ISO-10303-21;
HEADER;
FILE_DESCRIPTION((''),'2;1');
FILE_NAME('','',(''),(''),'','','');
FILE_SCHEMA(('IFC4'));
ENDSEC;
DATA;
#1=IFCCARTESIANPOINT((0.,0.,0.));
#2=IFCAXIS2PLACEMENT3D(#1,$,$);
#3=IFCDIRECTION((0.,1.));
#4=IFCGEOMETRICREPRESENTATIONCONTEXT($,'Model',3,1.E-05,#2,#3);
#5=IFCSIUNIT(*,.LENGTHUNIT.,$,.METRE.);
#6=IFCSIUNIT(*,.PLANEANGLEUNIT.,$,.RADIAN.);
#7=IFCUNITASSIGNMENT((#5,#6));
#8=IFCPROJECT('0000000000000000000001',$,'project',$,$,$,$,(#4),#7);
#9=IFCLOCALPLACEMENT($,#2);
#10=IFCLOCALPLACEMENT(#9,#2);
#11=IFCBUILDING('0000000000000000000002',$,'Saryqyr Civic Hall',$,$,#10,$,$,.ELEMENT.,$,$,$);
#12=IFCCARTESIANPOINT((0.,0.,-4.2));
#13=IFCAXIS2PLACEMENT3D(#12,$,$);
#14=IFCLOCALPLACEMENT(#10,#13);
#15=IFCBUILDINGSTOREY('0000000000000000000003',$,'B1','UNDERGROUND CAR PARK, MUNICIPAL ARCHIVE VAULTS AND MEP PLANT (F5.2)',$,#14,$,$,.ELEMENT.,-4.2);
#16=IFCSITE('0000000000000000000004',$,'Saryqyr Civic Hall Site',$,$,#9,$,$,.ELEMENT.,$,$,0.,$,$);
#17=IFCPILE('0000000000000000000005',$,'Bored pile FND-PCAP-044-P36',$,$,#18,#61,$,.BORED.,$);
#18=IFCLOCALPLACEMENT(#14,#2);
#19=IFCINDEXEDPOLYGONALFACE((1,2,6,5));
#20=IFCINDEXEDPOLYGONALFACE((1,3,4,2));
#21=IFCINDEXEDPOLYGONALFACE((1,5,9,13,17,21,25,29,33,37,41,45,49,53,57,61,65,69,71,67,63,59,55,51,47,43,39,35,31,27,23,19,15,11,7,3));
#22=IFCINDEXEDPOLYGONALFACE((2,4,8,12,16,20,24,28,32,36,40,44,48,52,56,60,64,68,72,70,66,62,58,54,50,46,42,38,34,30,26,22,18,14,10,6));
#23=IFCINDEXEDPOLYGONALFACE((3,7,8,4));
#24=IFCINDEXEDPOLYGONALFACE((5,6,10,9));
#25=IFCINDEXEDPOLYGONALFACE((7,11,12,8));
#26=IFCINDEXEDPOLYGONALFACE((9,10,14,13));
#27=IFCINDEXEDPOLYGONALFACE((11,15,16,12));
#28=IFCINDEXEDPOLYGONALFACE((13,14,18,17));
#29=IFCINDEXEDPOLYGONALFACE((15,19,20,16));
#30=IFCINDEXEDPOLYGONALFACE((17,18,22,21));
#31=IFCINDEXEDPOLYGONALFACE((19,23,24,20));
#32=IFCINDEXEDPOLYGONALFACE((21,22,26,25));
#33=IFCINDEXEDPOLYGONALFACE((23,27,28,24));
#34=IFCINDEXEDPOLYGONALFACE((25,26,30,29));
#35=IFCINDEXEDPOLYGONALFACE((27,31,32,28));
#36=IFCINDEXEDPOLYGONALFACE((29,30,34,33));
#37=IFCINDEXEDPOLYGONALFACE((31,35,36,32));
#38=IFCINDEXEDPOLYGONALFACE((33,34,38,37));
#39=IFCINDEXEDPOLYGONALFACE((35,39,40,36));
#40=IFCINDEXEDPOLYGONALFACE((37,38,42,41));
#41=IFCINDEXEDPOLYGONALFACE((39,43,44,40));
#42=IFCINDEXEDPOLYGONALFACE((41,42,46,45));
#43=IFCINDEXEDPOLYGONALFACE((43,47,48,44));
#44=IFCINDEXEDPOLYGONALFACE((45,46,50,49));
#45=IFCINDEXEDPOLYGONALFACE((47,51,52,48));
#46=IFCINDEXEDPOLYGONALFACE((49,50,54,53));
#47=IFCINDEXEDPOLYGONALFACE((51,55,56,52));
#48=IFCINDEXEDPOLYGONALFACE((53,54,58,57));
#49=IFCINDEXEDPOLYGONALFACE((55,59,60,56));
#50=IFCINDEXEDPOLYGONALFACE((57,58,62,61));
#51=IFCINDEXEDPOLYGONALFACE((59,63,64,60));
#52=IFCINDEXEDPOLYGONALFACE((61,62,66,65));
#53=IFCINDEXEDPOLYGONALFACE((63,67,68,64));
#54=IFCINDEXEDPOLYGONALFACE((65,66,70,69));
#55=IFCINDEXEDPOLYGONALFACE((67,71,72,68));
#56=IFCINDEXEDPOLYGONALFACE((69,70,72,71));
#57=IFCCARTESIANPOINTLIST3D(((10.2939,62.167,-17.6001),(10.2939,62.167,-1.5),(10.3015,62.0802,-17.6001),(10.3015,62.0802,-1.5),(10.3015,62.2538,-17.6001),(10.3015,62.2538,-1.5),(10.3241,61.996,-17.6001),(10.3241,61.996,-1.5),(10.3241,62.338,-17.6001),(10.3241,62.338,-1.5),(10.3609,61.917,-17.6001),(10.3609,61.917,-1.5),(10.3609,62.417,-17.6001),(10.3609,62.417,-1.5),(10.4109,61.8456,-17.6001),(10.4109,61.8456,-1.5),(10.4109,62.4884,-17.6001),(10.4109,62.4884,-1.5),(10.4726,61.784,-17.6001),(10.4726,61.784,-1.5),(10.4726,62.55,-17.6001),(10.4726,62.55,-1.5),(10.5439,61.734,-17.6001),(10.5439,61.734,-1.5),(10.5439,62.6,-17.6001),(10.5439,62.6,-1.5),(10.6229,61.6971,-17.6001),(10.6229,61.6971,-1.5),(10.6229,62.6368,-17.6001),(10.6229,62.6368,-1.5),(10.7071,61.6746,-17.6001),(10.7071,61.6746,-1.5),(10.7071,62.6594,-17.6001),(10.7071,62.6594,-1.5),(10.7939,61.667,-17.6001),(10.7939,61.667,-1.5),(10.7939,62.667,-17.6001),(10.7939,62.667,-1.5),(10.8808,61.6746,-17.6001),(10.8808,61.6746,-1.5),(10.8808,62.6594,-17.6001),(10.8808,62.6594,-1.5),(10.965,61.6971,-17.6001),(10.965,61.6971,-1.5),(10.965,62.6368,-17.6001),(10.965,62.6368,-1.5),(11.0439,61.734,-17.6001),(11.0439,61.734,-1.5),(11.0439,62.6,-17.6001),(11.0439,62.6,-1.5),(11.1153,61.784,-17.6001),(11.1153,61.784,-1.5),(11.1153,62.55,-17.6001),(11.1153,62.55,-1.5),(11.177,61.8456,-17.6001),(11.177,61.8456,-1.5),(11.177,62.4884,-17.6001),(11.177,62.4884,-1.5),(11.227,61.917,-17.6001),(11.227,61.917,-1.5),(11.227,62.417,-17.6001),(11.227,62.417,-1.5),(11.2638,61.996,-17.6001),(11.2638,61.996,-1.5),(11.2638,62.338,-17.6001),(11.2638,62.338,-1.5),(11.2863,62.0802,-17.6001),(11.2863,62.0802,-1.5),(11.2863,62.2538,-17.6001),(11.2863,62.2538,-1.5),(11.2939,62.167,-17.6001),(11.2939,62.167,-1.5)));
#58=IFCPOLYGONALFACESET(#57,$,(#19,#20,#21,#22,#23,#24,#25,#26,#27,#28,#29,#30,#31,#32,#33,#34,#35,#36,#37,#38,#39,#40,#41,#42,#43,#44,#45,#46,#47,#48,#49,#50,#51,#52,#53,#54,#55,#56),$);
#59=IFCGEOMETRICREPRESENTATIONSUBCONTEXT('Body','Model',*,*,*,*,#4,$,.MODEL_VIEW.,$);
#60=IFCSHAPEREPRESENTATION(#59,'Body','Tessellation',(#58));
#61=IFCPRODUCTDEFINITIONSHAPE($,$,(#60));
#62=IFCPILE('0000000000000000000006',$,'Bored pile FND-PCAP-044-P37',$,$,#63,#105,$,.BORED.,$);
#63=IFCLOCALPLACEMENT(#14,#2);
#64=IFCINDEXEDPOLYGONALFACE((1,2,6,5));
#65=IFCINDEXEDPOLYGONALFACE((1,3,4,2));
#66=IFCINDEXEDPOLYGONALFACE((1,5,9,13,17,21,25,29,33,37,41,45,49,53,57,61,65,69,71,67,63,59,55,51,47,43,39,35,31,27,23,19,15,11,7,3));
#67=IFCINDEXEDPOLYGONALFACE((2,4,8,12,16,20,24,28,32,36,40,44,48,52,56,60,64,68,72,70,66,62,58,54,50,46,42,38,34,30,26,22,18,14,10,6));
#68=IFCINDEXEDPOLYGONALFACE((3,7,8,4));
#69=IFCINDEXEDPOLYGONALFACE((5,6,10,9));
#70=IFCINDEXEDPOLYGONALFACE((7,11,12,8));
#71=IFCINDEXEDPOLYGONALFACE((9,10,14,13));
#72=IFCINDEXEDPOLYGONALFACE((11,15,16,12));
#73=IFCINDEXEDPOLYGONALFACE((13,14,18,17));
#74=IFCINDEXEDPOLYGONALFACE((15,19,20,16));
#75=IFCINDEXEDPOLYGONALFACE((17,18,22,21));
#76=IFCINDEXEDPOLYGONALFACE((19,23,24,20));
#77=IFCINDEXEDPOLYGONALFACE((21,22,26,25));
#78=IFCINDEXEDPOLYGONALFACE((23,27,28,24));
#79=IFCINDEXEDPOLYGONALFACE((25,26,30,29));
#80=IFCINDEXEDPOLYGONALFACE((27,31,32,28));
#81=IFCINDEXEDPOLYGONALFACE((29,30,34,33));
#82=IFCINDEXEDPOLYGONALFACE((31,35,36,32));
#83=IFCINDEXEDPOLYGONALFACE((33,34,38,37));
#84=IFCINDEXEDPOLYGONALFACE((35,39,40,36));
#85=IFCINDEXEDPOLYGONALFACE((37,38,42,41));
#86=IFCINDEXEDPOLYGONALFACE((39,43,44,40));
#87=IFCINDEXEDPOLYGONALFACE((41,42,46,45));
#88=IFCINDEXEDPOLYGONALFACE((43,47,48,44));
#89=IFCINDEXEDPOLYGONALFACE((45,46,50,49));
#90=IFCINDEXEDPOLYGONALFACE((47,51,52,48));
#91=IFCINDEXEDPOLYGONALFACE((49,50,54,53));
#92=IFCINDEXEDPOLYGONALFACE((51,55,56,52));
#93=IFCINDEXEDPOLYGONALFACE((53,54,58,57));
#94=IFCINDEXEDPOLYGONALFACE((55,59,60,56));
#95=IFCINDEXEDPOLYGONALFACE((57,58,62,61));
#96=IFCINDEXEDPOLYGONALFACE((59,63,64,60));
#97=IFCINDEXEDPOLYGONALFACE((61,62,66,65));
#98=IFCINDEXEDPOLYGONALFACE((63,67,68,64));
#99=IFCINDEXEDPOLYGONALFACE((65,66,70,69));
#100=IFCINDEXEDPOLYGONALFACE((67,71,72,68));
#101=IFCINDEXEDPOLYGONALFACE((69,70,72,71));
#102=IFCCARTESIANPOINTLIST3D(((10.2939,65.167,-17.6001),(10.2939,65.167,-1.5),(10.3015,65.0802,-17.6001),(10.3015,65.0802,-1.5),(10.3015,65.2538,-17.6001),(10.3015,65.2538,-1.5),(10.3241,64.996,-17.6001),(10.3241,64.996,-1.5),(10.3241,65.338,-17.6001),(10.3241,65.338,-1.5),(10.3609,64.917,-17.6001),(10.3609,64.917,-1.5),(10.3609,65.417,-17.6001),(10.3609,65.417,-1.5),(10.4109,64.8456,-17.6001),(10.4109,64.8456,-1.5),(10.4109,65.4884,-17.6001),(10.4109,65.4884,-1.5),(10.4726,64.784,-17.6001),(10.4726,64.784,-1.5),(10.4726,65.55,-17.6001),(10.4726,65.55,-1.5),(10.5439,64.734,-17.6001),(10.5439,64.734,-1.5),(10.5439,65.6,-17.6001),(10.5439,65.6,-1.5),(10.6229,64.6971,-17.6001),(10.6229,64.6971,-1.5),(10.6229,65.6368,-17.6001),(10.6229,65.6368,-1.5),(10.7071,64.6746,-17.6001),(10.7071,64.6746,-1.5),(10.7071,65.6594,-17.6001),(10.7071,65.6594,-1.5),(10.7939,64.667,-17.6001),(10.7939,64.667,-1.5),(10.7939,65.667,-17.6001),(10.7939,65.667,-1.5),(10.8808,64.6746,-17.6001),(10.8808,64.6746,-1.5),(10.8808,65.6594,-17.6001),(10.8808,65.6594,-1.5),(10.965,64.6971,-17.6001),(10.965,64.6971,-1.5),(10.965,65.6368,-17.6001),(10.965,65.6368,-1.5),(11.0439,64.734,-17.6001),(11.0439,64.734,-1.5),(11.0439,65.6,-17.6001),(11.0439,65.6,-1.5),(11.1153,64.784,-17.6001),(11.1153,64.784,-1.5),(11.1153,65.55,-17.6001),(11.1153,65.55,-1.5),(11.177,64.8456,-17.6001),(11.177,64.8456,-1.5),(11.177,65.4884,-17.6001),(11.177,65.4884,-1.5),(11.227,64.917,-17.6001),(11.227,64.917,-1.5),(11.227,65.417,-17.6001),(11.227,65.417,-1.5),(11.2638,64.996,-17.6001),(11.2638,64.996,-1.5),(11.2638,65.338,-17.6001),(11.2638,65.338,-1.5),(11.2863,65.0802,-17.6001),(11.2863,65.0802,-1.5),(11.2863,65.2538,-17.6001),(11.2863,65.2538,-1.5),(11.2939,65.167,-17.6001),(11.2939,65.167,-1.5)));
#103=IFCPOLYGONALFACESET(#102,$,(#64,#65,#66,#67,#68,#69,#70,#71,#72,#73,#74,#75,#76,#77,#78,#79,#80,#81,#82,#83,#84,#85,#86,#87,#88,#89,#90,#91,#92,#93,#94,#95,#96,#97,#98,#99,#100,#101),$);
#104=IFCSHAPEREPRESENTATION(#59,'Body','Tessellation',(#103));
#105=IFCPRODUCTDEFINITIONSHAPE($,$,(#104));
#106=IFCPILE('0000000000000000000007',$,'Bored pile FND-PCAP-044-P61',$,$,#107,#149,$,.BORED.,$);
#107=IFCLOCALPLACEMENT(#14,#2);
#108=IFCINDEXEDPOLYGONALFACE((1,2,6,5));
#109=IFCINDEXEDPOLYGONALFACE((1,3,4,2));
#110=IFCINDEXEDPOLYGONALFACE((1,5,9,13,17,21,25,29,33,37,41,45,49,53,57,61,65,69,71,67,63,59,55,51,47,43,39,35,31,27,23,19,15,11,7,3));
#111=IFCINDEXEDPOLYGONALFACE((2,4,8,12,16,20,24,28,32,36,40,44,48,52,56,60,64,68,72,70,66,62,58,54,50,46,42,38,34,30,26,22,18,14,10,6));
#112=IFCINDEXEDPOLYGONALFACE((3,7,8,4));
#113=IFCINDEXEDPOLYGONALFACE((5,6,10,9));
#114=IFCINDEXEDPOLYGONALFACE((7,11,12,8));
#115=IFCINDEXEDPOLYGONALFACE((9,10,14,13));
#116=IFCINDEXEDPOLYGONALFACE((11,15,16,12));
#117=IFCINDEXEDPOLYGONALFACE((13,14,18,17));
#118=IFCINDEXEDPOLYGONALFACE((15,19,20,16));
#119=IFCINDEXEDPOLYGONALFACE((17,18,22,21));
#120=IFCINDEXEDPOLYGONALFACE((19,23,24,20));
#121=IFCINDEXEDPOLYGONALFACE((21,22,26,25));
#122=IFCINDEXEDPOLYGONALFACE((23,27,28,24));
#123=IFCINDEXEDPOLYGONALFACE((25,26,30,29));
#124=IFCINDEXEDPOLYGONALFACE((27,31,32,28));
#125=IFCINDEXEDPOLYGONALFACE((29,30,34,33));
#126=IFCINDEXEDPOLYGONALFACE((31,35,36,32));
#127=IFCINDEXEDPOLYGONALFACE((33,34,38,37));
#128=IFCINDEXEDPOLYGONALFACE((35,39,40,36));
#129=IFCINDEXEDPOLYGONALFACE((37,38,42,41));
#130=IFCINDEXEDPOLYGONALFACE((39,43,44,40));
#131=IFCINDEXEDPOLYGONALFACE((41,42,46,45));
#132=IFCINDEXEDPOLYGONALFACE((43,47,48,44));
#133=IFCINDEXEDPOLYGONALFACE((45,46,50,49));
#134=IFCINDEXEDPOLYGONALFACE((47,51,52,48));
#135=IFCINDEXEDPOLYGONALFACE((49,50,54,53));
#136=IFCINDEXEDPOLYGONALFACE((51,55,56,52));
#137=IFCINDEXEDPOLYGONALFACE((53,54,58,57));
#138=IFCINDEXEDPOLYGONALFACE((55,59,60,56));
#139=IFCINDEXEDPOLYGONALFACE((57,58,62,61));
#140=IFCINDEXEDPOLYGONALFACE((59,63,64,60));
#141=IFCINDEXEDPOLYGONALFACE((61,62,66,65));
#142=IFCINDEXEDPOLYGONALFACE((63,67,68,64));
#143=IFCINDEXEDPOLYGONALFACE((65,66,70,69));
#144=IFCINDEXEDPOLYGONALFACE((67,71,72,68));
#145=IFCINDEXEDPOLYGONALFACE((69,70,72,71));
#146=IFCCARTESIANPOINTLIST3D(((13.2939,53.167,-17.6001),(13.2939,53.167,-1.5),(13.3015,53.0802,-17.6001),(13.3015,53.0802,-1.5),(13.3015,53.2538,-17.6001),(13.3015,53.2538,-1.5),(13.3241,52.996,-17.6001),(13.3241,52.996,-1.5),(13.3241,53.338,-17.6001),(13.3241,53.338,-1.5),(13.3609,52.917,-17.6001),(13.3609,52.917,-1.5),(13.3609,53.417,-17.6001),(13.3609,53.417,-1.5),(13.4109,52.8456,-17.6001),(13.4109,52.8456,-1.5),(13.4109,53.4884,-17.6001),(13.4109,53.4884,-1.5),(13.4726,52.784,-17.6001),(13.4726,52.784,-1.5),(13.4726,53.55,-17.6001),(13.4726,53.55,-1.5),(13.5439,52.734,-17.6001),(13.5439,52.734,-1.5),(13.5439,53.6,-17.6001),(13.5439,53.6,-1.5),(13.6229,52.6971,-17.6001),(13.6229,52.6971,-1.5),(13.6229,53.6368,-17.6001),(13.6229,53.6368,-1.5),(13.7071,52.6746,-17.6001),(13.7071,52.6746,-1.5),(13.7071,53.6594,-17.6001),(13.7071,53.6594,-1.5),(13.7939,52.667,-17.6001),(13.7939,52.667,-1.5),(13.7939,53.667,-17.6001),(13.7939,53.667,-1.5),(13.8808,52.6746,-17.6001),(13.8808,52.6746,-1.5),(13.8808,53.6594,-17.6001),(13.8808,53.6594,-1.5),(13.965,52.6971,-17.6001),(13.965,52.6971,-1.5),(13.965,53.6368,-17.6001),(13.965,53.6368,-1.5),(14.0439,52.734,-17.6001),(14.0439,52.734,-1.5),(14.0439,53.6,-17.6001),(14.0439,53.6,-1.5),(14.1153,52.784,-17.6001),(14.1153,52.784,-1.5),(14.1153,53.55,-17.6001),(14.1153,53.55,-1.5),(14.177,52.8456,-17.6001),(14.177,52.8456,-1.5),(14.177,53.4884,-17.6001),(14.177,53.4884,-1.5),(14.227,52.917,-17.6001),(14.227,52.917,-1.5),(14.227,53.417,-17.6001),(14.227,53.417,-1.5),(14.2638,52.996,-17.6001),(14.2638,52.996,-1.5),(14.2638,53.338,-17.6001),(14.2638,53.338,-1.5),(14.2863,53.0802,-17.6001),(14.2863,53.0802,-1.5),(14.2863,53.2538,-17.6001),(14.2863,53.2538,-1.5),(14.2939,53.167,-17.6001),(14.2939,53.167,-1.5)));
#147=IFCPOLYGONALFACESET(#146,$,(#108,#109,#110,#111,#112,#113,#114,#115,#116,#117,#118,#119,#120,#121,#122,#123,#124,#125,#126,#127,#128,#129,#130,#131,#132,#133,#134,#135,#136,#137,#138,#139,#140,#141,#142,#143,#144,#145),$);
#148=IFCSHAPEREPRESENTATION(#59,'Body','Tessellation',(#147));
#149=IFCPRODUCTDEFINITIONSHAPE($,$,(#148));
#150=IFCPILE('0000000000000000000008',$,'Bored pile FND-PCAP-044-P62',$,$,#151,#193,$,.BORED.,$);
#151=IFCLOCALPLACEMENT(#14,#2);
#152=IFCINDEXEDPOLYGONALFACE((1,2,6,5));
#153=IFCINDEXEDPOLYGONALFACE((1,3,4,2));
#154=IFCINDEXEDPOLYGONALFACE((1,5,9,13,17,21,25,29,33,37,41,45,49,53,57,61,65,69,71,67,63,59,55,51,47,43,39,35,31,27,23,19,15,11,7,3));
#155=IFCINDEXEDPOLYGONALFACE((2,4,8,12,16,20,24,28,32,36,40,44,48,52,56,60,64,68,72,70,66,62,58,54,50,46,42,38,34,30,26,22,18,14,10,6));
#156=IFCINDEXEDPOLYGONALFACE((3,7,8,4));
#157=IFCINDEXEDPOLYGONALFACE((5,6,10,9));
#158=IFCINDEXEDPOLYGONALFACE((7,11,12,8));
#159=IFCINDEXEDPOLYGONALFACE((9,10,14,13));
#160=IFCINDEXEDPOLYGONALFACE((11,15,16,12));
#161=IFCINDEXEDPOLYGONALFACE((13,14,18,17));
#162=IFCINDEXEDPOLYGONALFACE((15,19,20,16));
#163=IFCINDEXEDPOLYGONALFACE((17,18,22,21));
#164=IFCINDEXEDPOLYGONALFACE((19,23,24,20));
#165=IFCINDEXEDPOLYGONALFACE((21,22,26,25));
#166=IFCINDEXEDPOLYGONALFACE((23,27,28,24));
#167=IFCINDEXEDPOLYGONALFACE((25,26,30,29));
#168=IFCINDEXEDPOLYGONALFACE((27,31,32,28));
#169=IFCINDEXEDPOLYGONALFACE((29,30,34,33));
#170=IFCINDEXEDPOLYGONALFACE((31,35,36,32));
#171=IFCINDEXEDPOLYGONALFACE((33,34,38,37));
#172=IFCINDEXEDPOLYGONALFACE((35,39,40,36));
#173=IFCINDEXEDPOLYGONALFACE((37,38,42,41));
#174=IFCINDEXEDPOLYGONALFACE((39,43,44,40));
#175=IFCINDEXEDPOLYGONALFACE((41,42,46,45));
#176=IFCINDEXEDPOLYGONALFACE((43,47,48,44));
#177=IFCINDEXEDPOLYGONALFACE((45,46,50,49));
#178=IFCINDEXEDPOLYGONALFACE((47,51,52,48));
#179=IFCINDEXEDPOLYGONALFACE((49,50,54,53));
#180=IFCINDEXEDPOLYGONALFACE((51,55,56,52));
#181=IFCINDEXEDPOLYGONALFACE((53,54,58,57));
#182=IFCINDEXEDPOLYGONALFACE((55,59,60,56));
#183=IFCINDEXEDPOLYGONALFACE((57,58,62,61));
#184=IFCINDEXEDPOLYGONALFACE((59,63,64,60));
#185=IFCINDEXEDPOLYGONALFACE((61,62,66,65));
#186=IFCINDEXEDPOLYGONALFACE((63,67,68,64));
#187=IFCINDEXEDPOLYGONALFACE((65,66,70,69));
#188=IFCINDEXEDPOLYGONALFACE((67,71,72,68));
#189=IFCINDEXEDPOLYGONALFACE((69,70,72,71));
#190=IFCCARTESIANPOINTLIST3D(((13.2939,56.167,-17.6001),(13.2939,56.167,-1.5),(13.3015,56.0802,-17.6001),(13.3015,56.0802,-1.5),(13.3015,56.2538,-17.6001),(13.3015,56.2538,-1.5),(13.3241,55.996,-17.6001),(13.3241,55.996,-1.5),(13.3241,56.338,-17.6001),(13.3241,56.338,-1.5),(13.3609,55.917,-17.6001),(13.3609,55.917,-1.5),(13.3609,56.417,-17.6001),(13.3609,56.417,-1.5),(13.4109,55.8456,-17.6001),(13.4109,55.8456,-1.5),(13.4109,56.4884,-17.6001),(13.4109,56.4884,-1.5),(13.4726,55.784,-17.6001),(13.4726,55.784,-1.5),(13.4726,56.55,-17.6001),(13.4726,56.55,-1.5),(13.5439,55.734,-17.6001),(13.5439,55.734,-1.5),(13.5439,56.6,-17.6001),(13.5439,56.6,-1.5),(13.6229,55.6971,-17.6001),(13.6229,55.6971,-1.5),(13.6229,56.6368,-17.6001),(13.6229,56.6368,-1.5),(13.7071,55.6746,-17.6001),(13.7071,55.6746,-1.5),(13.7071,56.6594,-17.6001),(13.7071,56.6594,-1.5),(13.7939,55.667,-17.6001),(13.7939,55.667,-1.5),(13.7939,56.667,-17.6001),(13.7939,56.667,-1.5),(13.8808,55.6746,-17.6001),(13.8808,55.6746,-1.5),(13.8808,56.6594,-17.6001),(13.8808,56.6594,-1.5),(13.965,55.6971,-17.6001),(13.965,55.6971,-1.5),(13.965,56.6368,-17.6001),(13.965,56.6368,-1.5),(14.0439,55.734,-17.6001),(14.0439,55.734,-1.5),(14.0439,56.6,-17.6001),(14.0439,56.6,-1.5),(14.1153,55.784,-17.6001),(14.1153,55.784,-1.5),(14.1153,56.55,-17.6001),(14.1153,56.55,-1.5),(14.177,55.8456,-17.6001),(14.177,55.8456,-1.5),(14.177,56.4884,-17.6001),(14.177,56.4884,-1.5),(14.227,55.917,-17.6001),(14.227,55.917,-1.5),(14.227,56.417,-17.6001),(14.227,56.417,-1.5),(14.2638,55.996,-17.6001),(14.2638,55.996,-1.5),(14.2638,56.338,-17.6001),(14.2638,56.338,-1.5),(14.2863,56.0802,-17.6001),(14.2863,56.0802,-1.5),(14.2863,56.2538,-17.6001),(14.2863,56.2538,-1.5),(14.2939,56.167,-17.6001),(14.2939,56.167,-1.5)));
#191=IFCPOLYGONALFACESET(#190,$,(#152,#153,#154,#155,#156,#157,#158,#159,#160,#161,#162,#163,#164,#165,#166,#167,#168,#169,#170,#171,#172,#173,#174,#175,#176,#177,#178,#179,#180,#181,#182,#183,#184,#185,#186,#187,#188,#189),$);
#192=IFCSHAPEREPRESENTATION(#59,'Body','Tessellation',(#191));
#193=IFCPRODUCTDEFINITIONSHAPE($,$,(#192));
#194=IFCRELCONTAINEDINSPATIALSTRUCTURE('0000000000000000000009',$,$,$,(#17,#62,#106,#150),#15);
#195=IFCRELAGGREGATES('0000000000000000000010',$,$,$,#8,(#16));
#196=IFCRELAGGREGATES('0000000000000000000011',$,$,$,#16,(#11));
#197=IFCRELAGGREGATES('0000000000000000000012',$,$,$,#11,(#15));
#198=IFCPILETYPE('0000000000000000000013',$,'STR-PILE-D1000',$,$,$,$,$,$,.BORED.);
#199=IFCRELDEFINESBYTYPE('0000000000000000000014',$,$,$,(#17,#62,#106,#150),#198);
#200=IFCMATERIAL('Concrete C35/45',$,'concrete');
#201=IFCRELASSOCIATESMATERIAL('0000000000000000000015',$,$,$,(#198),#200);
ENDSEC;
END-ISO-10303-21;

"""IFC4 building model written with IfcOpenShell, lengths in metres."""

from ifc_helpers import new_model, si_unit, direction, frame, origin, origin_2d, place, context, subcontext, project, spatial, circle, extrude, material, material_profile, profile_set, type_object, element, save


model = new_model("IFC4")

# Units and contexts
model_context = context("Model", 3, precision=1e-05, world=origin(), true_north=direction((0.0, 1.0)))
body_context = subcontext(model_context, "Body", "Model", "MODEL_VIEW")
ifc_project = project(units=[si_unit("LENGTHUNIT", "METRE"), si_unit("PLANEANGLEUNIT", "RADIAN")], contexts=[model_context])

# Site, building, storey
site_placement = place(None, origin())
site = spatial("IfcSite", under=ifc_project, at=site_placement, Name="Saryqyr Civic Hall Site", CompositionType="ELEMENT", RefElevation=0.0)
building_placement = place(site_placement, origin())
building = spatial("IfcBuilding", under=site, at=building_placement, Name="Saryqyr Civic Hall", CompositionType="ELEMENT")
storey_placement = place(building_placement, frame((0.0, 0.0, -4.2)))
storey = spatial("IfcBuildingStorey", under=building, at=storey_placement, Name="B1", Description="UNDERGROUND CAR PARK, MUNICIPAL ARCHIVE VAULTS AND MEP PLANT (F5.2)", CompositionType="ELEMENT", Elevation=-4.2)

# Piles
ifc_material_1 = material(Name="Concrete C35/45", Category="concrete")
ifc_material_profile_1 = material_profile(ifc_material_1, circle(Radius=0.5, at=origin_2d()), Name="BORED PILE D1000")
ifc_profile_set_1 = profile_set([ifc_material_profile_1], Name="Concrete C35/45")
pile_type = type_object("IfcPileType", Name="STR-PILE-D1000", PredefinedType="BORED", material=ifc_profile_set_1)
for number, where, z_axis, x_axis, name in (
    (1, (10.7939, 62.167, -1.5), (0.0, 0.0, -1.0), (1.0, 0.0, 0.0), "Bored pile FND-PCAP-044-P36"),
    (2, (10.7939, 65.167, -1.5), (0.0, 0.0, -1.0), (1.0, 0.0, 0.0), "Bored pile FND-PCAP-044-P37"),
    (3, (13.7939, 53.167, -1.5), (0.0, 0.0, -1.0), (1.0, 0.0, 0.0), "Bored pile FND-PCAP-044-P61"),
    (4, (13.7939, 56.167, -1.5), (0.0, 0.0, -1.0), (1.0, 0.0, 0.0), "Bored pile FND-PCAP-044-P62"),
):
    element("IfcPile", number, at=place(storey_placement, frame(where, z_axis=z_axis, x_axis=x_axis)), inside=storey, type_object=pile_type, Name=name, PredefinedType="BORED", context=body_context, shape_type="SweptSolid", body=[
        extrude(circle(Radius=0.5, at=origin_2d()), origin(), (0.0, 0.0, 1.0), 16.1001),
    ])

save(model, "model.ifc")
